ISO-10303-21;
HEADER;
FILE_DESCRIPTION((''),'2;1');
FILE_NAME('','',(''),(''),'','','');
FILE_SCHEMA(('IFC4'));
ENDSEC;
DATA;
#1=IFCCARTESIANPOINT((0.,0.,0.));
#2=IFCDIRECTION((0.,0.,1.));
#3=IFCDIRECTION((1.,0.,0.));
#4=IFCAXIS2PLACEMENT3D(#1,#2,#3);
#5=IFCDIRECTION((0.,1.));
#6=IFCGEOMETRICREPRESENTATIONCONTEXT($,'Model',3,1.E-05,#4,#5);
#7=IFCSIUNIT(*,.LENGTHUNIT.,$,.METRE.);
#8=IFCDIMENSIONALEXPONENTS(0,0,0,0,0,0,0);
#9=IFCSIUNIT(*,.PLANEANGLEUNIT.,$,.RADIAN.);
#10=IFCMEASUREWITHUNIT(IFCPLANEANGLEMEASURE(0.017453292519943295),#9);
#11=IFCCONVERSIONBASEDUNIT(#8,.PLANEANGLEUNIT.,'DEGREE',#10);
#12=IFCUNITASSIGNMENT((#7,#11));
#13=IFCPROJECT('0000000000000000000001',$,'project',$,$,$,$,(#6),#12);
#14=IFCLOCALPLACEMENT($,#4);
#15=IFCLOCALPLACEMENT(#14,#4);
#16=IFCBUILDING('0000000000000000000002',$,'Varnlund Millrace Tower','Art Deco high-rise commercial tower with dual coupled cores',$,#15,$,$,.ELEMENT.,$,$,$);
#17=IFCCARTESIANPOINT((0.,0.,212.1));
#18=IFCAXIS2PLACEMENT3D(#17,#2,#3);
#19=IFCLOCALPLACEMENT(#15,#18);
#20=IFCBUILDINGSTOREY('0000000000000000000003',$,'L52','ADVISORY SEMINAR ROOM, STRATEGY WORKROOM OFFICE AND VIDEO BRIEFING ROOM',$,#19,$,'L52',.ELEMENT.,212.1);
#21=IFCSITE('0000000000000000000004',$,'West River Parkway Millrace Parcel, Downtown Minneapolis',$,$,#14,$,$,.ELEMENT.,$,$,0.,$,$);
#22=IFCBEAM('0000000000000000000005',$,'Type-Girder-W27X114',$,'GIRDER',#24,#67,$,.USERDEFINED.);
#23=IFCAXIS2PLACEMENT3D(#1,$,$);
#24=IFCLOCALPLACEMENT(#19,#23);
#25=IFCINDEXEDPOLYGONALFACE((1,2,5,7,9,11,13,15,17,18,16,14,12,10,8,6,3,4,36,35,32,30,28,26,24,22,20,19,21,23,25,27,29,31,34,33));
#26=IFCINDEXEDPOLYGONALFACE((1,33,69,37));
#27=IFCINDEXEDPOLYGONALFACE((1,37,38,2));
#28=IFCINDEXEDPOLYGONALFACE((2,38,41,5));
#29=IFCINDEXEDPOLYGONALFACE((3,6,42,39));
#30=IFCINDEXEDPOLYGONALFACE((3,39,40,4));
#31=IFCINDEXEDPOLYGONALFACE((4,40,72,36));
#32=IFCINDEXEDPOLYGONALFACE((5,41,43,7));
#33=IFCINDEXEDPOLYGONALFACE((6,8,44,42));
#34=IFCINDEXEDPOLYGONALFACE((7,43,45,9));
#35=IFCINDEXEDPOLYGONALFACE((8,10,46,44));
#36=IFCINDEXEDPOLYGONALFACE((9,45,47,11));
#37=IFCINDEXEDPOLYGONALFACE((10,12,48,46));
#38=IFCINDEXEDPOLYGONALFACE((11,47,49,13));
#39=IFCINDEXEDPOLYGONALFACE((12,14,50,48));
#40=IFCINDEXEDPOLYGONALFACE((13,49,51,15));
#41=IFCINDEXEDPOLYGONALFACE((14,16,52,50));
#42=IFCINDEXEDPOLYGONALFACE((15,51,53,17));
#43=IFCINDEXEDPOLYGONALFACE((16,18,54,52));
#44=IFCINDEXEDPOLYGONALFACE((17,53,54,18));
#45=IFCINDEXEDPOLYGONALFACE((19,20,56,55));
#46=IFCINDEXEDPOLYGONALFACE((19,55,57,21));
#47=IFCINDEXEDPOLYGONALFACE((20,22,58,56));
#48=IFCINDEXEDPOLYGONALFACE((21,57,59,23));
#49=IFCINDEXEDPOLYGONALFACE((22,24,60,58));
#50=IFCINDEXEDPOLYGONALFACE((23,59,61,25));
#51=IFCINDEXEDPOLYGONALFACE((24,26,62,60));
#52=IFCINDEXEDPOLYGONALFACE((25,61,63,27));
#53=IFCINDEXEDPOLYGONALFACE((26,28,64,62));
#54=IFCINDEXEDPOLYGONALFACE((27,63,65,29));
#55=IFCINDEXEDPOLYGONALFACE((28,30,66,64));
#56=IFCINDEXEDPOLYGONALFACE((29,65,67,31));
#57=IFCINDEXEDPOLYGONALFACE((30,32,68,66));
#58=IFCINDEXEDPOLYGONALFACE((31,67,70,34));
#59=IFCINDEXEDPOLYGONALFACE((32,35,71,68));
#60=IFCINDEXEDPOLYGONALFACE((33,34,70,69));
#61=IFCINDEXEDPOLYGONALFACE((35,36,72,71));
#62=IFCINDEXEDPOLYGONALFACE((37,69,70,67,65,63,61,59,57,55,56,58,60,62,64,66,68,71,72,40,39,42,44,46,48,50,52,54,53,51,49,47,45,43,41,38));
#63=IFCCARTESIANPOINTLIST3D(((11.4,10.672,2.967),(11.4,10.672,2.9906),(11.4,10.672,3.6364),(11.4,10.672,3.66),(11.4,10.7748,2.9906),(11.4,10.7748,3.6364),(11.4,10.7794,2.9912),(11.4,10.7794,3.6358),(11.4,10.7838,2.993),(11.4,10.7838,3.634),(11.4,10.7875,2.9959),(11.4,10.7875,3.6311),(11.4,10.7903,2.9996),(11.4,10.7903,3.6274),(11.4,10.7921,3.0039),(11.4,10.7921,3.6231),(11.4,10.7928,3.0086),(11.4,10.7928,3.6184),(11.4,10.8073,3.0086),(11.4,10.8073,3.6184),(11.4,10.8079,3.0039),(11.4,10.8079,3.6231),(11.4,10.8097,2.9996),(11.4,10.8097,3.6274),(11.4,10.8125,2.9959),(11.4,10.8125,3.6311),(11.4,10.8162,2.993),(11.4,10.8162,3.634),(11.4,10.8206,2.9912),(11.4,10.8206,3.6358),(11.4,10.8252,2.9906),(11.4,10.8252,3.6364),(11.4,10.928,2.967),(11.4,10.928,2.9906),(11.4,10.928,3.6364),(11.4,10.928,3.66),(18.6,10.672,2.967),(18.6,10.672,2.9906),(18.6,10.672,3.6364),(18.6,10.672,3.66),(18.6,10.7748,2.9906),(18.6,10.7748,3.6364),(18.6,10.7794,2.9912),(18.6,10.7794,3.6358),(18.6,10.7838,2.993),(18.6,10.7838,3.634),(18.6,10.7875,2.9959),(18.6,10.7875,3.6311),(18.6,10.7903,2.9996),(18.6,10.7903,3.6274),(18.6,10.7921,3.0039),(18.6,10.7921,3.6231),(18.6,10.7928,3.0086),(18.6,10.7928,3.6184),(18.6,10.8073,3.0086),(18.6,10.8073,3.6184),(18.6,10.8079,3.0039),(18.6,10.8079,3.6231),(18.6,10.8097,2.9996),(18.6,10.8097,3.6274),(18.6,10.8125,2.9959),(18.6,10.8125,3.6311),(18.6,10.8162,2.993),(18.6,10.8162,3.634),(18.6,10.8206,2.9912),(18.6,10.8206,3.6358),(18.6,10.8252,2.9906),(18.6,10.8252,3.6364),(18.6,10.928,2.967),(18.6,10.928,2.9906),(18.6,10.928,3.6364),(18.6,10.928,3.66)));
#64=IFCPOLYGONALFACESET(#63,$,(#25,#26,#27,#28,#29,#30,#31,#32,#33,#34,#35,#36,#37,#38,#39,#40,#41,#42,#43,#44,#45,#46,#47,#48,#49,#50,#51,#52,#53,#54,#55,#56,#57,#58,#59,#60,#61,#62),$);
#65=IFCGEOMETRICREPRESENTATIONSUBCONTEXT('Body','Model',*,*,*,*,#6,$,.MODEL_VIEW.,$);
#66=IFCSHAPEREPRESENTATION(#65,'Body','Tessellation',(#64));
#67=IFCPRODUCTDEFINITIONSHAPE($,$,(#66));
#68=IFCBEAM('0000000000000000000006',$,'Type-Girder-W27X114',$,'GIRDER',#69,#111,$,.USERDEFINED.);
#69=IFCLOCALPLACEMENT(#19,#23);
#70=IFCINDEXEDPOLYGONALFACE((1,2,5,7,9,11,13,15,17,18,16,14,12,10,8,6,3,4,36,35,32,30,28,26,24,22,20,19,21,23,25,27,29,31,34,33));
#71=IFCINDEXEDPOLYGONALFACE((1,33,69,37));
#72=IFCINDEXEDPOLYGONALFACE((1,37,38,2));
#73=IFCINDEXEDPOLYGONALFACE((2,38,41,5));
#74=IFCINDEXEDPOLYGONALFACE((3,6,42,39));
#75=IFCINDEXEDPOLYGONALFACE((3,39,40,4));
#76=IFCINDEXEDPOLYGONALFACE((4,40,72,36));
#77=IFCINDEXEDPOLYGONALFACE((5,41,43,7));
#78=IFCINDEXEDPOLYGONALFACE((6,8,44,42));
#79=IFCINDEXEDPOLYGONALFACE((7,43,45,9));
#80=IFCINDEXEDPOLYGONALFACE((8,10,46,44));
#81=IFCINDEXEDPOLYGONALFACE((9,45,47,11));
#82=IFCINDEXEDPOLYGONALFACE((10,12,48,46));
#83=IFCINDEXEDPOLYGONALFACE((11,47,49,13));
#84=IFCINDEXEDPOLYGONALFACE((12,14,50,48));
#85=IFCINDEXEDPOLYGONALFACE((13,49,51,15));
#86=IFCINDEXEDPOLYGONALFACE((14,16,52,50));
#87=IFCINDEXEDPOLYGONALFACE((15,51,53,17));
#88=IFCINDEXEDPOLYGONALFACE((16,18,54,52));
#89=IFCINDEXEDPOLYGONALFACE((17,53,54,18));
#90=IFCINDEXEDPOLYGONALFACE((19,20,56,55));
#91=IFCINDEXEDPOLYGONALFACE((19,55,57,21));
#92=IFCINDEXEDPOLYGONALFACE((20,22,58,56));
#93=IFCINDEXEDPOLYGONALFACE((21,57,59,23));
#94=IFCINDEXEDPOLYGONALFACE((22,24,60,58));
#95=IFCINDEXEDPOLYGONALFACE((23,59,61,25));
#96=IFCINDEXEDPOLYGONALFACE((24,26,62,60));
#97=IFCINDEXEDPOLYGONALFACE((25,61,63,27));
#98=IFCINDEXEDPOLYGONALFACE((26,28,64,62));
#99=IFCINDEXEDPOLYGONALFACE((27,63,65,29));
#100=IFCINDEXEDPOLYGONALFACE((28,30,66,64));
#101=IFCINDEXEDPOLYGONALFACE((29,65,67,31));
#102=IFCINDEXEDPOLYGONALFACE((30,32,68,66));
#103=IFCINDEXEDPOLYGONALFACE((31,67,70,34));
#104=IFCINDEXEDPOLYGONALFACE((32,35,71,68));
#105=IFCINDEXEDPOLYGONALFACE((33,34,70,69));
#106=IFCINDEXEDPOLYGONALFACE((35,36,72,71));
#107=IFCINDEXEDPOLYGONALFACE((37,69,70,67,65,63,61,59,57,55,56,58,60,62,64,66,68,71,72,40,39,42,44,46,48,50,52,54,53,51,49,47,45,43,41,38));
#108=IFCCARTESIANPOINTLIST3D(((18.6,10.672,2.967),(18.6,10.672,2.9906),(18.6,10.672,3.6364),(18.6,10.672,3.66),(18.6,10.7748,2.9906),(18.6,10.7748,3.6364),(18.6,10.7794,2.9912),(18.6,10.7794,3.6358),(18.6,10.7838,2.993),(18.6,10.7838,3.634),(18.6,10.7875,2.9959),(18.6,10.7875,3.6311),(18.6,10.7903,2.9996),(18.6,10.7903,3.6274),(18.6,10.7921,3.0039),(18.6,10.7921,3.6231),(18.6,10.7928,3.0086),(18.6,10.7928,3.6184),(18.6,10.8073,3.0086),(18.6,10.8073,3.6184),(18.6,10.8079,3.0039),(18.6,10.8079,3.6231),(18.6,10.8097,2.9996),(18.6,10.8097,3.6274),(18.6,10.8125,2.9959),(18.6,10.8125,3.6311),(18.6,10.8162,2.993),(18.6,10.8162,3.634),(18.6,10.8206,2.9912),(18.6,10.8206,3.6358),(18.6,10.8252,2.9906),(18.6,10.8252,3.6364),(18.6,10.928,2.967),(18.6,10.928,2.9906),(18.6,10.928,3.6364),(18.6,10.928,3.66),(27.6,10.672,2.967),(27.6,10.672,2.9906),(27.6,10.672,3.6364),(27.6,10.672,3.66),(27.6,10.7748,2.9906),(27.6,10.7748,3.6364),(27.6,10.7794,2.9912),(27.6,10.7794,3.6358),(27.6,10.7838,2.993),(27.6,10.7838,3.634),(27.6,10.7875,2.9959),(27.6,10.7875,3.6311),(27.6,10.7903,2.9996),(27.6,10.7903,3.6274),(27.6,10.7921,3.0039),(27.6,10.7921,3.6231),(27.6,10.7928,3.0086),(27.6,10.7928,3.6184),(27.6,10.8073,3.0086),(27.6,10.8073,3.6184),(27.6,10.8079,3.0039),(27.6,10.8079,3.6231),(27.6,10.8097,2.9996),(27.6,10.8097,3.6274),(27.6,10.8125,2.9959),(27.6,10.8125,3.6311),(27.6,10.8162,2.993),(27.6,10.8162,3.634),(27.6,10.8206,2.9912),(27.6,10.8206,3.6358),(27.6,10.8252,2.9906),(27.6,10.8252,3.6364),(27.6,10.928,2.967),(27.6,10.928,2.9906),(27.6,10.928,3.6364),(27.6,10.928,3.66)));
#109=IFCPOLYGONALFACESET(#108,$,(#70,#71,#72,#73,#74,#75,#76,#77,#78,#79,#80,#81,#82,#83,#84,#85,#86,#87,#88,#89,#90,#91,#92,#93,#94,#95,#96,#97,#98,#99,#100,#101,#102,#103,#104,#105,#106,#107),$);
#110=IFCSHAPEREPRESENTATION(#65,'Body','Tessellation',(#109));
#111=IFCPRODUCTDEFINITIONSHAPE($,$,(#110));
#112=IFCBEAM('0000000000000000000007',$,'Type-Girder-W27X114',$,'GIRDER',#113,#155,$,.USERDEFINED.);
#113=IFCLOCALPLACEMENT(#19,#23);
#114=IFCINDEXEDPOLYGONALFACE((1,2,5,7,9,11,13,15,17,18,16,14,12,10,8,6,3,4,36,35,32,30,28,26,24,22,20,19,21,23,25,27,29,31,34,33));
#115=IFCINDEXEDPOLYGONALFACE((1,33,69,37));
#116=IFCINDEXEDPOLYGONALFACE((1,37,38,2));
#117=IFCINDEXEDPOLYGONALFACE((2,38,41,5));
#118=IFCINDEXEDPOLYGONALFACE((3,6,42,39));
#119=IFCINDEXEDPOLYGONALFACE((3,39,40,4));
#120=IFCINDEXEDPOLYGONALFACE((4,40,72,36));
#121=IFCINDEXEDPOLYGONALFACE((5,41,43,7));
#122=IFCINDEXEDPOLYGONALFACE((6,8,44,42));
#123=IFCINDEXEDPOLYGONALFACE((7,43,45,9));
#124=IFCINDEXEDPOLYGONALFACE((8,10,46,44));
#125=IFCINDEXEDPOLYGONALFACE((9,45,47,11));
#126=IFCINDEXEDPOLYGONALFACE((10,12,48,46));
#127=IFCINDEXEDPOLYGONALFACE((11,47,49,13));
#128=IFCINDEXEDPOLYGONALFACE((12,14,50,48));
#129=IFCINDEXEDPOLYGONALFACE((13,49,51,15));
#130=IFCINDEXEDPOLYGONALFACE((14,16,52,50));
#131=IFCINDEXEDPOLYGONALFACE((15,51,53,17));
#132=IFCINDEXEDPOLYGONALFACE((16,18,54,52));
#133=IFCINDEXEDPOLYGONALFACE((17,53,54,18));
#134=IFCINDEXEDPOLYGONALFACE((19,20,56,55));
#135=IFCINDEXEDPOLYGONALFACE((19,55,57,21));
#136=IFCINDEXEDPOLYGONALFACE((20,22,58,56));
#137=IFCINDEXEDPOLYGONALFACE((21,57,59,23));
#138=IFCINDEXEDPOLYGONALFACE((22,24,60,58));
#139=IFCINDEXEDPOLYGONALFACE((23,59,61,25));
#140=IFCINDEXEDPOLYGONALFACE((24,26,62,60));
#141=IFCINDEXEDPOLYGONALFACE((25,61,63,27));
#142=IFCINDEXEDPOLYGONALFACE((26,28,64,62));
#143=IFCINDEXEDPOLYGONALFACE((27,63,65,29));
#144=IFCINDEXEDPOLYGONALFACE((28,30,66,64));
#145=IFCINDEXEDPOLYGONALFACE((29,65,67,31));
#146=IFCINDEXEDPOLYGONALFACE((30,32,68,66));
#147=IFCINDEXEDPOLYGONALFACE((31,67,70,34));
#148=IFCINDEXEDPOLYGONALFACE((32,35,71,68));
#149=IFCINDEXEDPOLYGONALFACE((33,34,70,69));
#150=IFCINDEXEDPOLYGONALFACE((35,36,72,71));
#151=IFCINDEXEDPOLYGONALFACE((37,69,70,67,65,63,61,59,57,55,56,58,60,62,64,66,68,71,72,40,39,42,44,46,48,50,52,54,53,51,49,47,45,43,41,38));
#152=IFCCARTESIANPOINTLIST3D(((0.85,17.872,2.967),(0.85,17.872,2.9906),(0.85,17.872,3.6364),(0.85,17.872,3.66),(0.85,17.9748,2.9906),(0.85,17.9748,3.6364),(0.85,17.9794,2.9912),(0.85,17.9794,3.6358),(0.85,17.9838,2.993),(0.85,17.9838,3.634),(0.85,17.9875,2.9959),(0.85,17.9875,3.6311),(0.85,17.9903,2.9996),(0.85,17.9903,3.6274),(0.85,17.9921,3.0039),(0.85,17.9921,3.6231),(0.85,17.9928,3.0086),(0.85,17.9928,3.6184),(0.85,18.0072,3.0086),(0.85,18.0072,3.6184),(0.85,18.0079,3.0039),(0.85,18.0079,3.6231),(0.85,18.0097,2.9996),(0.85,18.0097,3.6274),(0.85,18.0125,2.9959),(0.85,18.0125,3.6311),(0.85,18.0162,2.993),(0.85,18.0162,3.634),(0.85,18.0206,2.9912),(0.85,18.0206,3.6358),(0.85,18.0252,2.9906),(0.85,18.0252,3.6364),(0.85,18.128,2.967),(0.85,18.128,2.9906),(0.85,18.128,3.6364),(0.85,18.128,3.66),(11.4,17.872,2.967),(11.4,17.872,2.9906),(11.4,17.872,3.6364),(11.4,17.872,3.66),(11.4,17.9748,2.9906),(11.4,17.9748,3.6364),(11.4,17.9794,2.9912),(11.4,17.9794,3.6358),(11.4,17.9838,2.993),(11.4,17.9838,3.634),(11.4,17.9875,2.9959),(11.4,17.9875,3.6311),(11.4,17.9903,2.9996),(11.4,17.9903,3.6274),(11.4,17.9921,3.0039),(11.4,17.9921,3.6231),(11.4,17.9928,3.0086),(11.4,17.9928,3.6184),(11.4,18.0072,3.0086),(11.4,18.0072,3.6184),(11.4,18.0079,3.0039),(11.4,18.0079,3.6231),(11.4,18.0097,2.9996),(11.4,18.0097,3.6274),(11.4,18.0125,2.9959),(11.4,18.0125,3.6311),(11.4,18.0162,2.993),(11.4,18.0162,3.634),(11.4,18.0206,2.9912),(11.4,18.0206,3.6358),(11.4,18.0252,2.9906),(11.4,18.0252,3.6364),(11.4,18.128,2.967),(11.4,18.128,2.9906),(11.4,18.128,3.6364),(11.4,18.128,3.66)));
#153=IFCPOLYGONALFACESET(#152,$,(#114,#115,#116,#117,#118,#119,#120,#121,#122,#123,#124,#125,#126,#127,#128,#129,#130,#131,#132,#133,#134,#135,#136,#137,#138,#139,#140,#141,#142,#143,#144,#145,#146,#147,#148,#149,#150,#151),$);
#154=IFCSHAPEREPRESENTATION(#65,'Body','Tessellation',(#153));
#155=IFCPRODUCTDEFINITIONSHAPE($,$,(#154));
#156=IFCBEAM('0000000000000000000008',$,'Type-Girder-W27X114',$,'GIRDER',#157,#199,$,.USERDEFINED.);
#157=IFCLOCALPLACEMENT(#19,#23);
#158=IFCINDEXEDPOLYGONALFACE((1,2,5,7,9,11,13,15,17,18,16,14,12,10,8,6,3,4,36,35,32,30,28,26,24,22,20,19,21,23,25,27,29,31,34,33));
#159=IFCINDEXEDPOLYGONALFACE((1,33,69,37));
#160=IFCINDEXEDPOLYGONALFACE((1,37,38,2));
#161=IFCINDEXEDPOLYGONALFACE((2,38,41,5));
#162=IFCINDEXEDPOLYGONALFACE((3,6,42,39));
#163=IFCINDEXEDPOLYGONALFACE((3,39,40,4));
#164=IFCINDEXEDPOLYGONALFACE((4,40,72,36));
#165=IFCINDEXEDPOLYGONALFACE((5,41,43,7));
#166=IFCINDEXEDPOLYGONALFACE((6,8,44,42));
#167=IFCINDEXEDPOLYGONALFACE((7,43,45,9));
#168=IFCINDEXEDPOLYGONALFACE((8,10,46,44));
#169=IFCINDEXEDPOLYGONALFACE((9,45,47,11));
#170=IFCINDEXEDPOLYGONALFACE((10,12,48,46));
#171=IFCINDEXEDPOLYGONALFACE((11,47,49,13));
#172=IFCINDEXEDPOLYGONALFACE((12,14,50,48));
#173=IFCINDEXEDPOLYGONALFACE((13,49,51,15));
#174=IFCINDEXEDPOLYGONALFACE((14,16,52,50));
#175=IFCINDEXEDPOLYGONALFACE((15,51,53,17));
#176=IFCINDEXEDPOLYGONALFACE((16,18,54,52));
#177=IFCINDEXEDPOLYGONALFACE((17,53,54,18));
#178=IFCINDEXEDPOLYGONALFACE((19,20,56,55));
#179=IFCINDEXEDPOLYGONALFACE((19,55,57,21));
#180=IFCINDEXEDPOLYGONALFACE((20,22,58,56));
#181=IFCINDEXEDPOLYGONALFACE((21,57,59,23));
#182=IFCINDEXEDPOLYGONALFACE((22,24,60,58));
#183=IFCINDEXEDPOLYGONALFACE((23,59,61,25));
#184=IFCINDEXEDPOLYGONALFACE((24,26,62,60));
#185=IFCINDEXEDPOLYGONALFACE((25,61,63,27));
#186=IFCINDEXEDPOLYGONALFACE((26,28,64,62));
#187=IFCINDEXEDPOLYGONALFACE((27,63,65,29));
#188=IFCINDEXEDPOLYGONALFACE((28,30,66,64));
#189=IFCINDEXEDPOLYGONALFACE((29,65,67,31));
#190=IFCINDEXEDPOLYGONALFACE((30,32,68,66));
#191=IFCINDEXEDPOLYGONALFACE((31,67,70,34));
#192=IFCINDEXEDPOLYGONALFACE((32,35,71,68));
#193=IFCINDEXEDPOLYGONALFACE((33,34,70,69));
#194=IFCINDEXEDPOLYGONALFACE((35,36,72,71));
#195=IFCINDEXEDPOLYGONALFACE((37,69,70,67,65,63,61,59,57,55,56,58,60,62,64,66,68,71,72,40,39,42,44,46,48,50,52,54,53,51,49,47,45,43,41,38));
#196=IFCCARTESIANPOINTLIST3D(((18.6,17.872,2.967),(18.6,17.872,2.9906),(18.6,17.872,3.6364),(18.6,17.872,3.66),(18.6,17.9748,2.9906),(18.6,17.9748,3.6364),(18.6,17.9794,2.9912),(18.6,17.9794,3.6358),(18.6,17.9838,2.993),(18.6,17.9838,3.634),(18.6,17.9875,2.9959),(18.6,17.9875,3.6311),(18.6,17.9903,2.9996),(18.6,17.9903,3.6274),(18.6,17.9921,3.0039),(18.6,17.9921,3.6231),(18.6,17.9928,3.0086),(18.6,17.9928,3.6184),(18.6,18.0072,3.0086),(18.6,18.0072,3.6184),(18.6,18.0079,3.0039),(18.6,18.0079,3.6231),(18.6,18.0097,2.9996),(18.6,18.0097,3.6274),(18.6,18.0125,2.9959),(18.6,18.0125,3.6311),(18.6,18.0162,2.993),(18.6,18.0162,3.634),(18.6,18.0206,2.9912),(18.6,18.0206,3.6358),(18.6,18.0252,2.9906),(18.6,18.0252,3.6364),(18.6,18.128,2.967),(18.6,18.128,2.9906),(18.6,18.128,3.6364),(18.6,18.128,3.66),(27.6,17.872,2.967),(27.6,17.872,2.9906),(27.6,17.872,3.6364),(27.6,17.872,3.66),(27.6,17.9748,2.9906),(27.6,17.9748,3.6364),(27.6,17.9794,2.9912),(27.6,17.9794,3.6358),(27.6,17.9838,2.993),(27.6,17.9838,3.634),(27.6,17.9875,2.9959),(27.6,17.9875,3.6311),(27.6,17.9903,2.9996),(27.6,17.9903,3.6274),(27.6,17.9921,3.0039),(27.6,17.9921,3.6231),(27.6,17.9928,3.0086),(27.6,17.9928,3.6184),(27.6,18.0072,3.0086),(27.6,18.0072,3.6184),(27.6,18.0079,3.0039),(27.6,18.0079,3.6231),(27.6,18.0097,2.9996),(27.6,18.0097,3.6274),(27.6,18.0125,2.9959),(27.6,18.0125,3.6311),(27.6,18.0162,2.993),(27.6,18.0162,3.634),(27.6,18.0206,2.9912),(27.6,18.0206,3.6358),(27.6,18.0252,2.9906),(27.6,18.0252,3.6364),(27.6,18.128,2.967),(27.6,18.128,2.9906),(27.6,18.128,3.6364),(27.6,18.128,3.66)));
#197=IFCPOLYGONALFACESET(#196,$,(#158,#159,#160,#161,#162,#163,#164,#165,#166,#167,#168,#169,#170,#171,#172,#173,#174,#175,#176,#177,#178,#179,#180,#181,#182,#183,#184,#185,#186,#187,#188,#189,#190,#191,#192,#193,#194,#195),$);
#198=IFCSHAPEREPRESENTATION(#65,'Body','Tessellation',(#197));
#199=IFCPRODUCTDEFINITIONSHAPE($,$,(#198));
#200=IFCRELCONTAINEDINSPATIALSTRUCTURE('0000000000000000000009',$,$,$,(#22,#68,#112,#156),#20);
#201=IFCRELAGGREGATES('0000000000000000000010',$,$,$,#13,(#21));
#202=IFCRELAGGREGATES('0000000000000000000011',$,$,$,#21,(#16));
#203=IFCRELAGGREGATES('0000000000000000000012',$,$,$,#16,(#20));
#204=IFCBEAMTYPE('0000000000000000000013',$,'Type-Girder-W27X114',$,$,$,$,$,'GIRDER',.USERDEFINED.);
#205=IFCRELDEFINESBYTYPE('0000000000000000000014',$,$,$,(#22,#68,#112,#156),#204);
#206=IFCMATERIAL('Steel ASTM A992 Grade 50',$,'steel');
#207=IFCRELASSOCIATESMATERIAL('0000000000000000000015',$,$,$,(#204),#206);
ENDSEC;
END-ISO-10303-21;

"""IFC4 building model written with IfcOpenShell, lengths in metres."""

from ifc_helpers import new_model, entity, si_unit, converted_unit, direction, frame, origin_with_axes, origin_2d_with_axis, place, context, subcontext, project, spatial, i_section, extrude, material, material_profile, profile_set, type_object, element, save


model = new_model("IFC4")

# Units and contexts
model_context = context("Model", 3, precision=1e-05, world=origin_with_axes(), true_north=direction((0.0, 1.0)))
body_context = subcontext(model_context, "Body", "Model", "MODEL_VIEW")
ifc_project = project(units=[si_unit("LENGTHUNIT", "METRE"), converted_unit("PLANEANGLEUNIT", "DEGREE", entity("IfcPlaneAngleMeasure", 0.017453292519943295), si_unit("PLANEANGLEUNIT", "RADIAN"), dimensions=[0, 0, 0, 0, 0, 0, 0])], contexts=[model_context])

# Site, building, storey
site_placement = place(None, origin_with_axes())
site = spatial("IfcSite", under=ifc_project, at=site_placement, Name="West River Parkway Millrace Parcel, Downtown Minneapolis", CompositionType="ELEMENT", RefElevation=0.0)
building_placement = place(site_placement, origin_with_axes())
building = spatial("IfcBuilding", under=site, at=building_placement, Name="Varnlund Millrace Tower", Description="Art Deco high-rise commercial tower with dual coupled cores", CompositionType="ELEMENT")
storey_placement = place(building_placement, frame((0.0, 0.0, 212.1), z_axis=(0.0, 0.0, 1.0), x_axis=(1.0, 0.0, 0.0)))
storey = spatial("IfcBuildingStorey", under=building, at=storey_placement, Name="L52", Description="ADVISORY SEMINAR ROOM, STRATEGY WORKROOM OFFICE AND VIDEO BRIEFING ROOM", LongName="L52", CompositionType="ELEMENT", Elevation=212.1)

# Beams
ifc_material_1 = material(Name="Steel ASTM A992 Grade 50", Category="steel")
ifc_material_profile_1 = material_profile(ifc_material_1, i_section(OverallWidth=0.256, OverallDepth=0.693, WebThickness=0.0145, FlangeThickness=0.0236, FilletRadius=0.018, at=origin_2d_with_axis()), Name="Steel ASTM A992 Grade 50")
ifc_profile_set_1 = profile_set([ifc_material_profile_1], Name="Steel ASTM A992 Grade 50")
beam_type_1 = type_object("IfcBeamType", Name="Type-Girder-W27X114", ElementType="GIRDER", PredefinedType="USERDEFINED", material=ifc_profile_set_1)
beam_1_placement = place(storey_placement, frame((11.4, 10.8, 3.3135), z_axis=(1.0, 0.0, 0.0), x_axis=(0.0, 1.0, 0.0)))
element("IfcBeam", 1, at=beam_1_placement, inside=storey, type_object=beam_type_1, Name="Type-Girder-W27X114", ObjectType="GIRDER", PredefinedType="USERDEFINED", context=body_context, shape_type="SweptSolid", body=[
    extrude(i_section(OverallWidth=0.256, OverallDepth=0.693, WebThickness=0.0145, FlangeThickness=0.0236, FilletRadius=0.018, at=origin_2d_with_axis()), origin_with_axes(), (0.0, 0.0, 1.0), 7.2),
])
beam_2_placement = place(storey_placement, frame((18.6, 10.8, 3.3135), z_axis=(1.0, 0.0, 0.0), x_axis=(0.0, 1.0, 0.0)))
element("IfcBeam", 2, at=beam_2_placement, inside=storey, type_object=beam_type_1, Name="Type-Girder-W27X114", ObjectType="GIRDER", PredefinedType="USERDEFINED", context=body_context, shape_type="SweptSolid", body=[
    extrude(i_section(OverallWidth=0.256, OverallDepth=0.693, WebThickness=0.0145, FlangeThickness=0.0236, FilletRadius=0.018, at=origin_2d_with_axis()), origin_with_axes(), (0.0, 0.0, 1.0), 9.0),
])
beam_3_placement = place(storey_placement, frame((0.85, 18.0, 3.3135), z_axis=(1.0, 0.0, 0.0), x_axis=(0.0, 1.0, 0.0)))
element("IfcBeam", 3, at=beam_3_placement, inside=storey, type_object=beam_type_1, Name="Type-Girder-W27X114", ObjectType="GIRDER", PredefinedType="USERDEFINED", context=body_context, shape_type="SweptSolid", body=[
    extrude(i_section(OverallWidth=0.256, OverallDepth=0.693, WebThickness=0.0145, FlangeThickness=0.0236, FilletRadius=0.018, at=origin_2d_with_axis()), origin_with_axes(), (0.0, 0.0, 1.0), 10.55),
])
beam_4_placement = place(storey_placement, frame((18.6, 18.0, 3.3135), z_axis=(1.0, 0.0, 0.0), x_axis=(0.0, 1.0, 0.0)))
element("IfcBeam", 4, at=beam_4_placement, inside=storey, type_object=beam_type_1, Name="Type-Girder-W27X114", ObjectType="GIRDER", PredefinedType="USERDEFINED", context=body_context, shape_type="SweptSolid", body=[
    extrude(i_section(OverallWidth=0.256, OverallDepth=0.693, WebThickness=0.0145, FlangeThickness=0.0236, FilletRadius=0.018, at=origin_2d_with_axis()), origin_with_axes(), (0.0, 0.0, 1.0), 9.0),
])

save(model, "model.ifc")
